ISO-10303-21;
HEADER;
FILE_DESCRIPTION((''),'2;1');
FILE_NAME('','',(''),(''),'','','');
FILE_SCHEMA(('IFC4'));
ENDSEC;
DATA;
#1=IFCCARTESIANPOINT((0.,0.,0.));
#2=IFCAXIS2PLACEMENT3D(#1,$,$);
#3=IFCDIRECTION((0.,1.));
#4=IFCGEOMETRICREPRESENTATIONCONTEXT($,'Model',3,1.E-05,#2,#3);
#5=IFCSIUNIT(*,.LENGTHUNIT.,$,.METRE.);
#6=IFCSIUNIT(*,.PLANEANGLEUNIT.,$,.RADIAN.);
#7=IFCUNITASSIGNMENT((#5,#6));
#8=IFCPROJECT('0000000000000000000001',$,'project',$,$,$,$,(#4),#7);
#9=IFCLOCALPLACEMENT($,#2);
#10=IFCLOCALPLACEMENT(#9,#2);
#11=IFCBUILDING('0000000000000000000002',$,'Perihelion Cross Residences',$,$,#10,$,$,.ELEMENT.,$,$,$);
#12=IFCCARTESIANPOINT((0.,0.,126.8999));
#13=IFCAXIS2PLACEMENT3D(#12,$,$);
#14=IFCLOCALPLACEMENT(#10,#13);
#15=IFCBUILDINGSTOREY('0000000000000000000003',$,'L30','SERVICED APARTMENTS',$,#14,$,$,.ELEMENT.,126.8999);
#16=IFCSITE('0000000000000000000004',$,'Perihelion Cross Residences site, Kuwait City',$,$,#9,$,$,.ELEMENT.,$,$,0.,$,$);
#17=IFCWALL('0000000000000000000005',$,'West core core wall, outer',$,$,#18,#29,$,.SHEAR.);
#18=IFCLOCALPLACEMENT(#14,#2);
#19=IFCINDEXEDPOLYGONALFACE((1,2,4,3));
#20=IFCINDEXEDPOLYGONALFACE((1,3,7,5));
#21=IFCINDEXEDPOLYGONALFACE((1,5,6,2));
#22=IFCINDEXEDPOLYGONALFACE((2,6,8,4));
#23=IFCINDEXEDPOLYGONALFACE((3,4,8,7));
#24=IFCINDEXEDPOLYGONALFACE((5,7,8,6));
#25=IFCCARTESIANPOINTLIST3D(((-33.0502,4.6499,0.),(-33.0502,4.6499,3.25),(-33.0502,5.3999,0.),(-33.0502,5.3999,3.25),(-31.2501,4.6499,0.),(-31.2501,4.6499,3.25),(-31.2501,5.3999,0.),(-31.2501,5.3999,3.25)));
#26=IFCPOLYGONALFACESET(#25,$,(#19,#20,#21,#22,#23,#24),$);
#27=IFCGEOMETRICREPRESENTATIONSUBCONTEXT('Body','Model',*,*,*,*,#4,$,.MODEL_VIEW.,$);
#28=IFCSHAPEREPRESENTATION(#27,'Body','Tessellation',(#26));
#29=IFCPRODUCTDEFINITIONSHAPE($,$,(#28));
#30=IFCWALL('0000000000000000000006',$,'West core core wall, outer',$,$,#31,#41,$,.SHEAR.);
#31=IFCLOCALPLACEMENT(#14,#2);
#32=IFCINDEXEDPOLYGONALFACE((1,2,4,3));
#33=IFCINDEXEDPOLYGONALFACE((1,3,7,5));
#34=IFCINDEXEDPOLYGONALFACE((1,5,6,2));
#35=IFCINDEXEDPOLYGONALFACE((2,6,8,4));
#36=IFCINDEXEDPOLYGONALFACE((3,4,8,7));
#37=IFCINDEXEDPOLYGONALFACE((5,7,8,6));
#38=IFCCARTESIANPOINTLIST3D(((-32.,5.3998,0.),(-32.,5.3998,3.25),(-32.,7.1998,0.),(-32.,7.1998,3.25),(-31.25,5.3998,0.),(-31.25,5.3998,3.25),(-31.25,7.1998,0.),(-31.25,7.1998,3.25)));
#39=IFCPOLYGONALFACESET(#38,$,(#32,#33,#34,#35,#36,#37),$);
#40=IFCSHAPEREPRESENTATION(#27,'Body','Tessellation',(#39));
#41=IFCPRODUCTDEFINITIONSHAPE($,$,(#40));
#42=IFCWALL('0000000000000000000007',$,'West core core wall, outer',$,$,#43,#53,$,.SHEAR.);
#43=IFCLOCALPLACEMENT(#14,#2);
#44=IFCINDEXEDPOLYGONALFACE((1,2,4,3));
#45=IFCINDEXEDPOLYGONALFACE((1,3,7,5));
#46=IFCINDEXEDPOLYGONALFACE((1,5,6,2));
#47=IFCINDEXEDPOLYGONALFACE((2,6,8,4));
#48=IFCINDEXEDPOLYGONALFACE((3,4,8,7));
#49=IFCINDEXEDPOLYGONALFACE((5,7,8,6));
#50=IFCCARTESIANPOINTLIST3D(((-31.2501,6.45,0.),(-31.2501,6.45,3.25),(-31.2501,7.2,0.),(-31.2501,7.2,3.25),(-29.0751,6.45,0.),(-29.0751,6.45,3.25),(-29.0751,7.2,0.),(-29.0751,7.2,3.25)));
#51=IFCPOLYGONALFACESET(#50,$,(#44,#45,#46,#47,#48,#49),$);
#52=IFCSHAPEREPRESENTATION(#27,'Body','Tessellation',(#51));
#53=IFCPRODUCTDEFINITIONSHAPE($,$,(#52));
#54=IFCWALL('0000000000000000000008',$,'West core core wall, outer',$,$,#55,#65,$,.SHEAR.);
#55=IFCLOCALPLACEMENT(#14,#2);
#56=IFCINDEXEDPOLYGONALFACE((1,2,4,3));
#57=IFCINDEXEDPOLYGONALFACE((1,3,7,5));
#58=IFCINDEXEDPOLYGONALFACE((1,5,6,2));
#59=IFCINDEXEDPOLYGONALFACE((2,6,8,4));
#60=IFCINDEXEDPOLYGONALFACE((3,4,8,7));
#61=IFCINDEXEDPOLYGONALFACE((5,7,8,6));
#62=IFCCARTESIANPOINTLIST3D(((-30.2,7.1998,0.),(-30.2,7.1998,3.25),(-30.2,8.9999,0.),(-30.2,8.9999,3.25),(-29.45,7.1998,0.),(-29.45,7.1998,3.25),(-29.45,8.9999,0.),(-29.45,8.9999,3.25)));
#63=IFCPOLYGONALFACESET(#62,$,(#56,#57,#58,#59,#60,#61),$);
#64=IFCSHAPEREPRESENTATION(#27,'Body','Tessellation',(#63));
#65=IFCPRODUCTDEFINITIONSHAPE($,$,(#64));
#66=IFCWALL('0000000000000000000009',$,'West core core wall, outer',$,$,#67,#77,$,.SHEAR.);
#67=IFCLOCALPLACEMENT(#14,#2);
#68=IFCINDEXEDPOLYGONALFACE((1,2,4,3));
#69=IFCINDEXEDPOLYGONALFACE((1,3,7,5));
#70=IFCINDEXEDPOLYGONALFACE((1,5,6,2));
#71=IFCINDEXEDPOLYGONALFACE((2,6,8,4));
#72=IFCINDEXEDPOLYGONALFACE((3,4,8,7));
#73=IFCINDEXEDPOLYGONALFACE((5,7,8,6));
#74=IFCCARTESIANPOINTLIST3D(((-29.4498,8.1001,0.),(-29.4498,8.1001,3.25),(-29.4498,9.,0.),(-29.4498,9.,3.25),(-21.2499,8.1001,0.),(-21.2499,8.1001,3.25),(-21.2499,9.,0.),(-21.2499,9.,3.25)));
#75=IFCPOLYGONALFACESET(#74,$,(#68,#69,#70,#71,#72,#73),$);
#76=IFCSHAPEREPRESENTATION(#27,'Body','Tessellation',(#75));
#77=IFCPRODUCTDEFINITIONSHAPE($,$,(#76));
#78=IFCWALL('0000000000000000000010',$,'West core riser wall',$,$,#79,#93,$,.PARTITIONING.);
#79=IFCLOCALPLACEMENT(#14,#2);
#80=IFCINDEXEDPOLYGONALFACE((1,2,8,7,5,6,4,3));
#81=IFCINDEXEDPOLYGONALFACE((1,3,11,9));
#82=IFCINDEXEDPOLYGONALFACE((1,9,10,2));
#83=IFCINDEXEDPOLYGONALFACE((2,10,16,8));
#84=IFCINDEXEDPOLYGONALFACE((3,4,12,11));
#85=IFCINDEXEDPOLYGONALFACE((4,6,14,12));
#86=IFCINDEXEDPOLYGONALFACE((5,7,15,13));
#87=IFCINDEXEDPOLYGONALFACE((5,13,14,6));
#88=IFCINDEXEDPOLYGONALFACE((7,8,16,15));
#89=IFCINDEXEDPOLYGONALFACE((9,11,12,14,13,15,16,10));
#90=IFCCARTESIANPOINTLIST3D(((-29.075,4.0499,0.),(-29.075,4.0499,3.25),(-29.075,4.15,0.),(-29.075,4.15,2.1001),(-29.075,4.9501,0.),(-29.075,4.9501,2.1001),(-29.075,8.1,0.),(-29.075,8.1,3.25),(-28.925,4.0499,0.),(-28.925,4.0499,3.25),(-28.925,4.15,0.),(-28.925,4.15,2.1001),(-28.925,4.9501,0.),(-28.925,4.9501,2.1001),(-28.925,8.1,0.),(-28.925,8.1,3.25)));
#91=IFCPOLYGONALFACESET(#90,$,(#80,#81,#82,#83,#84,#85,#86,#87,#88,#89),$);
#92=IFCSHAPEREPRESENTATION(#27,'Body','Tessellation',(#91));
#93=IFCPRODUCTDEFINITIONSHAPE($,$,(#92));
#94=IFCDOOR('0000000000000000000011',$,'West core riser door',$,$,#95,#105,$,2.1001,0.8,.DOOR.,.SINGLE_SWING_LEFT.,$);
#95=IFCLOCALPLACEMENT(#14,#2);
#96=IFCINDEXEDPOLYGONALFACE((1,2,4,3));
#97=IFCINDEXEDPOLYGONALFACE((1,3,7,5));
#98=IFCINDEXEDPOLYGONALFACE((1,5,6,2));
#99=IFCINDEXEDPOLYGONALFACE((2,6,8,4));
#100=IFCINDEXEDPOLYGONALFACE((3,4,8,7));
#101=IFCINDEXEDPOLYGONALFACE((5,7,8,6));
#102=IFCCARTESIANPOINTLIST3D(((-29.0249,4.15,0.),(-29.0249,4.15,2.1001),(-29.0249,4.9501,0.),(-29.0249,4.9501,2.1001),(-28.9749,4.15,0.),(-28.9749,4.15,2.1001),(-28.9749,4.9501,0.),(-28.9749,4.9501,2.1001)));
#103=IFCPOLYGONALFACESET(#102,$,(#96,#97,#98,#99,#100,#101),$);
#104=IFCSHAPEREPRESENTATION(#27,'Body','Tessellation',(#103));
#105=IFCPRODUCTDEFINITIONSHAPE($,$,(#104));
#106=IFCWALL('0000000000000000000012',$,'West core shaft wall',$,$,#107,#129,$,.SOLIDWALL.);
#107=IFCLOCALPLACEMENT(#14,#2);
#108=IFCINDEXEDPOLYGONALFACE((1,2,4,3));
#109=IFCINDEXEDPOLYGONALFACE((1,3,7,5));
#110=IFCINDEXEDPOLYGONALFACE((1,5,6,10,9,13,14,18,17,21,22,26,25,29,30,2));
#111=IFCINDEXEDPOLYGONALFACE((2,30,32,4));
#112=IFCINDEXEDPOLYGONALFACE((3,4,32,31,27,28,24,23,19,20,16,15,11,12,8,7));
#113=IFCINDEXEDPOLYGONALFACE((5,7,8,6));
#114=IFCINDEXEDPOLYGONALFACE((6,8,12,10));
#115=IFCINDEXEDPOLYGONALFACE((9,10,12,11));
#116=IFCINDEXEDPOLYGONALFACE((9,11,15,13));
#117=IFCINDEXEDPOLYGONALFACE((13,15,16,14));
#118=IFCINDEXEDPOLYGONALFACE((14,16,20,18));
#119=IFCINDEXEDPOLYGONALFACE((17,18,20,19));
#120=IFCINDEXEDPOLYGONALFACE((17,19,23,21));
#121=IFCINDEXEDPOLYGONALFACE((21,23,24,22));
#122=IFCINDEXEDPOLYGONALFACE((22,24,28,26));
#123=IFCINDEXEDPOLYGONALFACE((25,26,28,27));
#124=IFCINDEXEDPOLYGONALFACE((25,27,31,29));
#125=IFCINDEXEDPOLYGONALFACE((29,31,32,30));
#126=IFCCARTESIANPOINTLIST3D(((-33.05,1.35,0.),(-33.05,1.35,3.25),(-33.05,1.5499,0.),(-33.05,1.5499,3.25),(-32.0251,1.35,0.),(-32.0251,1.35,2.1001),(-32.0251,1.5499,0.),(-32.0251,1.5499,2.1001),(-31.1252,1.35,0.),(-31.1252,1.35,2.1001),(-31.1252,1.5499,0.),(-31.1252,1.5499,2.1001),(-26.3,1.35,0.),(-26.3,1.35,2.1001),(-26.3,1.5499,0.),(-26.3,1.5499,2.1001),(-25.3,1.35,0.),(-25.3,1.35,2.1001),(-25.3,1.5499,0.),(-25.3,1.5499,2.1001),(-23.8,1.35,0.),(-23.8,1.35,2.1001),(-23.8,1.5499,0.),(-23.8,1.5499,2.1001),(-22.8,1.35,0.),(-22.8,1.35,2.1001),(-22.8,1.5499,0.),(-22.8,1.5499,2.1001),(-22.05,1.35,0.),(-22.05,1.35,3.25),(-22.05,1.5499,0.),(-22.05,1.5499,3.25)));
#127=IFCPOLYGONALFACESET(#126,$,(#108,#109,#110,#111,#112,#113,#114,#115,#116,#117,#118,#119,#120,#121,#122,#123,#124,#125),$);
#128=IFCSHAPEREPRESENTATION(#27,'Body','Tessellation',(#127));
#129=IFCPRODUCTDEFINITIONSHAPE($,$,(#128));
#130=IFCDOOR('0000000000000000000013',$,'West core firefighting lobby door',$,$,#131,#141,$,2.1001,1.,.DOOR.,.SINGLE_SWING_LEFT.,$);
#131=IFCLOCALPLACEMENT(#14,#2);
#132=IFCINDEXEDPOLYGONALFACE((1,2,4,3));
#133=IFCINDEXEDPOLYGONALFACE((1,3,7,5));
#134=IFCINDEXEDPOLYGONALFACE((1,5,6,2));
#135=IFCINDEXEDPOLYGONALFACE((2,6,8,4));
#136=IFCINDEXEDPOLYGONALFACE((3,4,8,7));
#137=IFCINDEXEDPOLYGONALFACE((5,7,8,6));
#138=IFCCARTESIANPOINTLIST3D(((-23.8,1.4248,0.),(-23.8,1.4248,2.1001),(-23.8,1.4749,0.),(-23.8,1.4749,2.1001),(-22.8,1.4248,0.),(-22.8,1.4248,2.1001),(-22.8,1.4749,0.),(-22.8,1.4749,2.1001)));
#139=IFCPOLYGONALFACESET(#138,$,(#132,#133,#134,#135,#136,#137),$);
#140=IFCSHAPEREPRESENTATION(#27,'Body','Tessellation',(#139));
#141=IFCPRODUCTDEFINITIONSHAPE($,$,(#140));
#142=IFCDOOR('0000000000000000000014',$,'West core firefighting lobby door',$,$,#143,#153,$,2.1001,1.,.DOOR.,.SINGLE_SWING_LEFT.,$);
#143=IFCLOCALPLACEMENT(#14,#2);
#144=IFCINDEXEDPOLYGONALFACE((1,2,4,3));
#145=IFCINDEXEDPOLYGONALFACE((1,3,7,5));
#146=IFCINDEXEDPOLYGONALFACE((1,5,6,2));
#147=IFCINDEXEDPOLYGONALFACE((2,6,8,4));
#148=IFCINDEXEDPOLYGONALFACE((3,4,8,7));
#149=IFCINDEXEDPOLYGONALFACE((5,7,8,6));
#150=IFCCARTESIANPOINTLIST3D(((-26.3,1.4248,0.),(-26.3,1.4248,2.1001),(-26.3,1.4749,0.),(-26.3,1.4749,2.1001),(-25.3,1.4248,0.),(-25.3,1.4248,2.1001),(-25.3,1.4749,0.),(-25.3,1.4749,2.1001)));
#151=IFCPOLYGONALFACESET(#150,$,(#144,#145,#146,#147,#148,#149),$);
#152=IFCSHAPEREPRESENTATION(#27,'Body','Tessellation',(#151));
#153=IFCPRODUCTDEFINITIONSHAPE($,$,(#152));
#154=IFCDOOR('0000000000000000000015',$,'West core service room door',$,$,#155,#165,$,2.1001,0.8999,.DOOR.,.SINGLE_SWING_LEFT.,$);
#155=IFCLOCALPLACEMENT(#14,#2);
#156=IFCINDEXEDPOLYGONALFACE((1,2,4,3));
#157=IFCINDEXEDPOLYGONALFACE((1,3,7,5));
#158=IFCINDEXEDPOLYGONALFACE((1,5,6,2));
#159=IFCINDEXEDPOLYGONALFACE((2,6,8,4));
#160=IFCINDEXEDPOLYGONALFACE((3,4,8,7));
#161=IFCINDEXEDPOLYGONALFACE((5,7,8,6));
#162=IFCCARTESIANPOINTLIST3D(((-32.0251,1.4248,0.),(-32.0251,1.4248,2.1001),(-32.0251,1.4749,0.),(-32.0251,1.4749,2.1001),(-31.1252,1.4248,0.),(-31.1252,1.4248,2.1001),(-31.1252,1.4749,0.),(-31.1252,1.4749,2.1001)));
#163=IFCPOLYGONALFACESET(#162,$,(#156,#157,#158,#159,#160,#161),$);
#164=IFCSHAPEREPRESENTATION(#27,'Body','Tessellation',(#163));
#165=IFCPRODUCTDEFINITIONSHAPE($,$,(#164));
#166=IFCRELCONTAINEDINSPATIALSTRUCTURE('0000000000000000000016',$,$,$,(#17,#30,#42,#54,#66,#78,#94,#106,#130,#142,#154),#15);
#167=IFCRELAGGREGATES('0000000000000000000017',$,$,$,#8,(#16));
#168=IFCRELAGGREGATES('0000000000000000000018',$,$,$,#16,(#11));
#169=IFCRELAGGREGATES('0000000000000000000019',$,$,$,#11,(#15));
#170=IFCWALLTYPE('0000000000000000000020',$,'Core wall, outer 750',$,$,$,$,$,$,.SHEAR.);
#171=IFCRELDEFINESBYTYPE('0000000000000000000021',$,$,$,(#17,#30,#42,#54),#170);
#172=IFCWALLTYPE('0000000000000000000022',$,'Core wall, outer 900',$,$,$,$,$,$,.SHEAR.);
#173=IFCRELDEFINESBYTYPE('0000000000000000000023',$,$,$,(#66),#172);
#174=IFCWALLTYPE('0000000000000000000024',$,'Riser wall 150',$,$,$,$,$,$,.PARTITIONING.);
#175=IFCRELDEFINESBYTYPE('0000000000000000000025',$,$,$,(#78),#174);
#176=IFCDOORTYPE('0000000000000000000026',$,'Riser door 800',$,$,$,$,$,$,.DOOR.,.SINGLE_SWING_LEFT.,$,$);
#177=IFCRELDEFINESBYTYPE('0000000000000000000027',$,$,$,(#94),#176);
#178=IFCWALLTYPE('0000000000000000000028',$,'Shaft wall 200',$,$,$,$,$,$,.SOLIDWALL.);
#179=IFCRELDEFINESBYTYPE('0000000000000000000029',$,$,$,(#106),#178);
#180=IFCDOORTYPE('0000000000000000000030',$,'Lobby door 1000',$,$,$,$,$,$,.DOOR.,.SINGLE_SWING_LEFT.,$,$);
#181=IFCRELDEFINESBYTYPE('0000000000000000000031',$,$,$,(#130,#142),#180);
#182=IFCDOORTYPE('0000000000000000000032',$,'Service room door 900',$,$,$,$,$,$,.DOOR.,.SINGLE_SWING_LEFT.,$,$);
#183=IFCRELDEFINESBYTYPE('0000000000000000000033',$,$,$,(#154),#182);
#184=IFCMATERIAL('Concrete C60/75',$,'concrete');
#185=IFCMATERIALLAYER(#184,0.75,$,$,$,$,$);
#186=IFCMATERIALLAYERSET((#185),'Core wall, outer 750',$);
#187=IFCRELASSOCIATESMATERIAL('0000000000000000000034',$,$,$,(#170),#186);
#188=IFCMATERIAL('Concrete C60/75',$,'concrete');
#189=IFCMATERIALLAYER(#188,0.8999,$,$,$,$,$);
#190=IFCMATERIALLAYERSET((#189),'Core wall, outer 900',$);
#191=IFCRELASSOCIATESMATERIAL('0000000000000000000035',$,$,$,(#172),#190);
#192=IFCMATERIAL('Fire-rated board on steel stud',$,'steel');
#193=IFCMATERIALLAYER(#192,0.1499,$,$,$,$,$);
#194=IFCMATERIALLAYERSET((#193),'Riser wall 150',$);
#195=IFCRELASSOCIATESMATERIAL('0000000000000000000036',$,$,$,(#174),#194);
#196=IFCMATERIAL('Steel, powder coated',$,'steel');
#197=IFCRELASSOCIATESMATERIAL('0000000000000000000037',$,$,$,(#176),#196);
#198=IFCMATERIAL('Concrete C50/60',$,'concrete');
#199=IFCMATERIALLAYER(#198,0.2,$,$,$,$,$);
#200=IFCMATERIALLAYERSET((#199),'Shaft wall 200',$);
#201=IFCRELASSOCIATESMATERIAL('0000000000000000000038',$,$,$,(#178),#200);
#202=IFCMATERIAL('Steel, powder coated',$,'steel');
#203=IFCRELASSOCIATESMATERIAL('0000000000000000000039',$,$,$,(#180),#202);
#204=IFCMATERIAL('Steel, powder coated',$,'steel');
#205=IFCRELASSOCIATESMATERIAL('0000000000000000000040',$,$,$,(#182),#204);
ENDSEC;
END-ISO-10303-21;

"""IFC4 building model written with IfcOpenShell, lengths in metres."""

from ifc_helpers import new_model, si_unit, direction, frame, frame_2d, origin, place, context, subcontext, project, spatial, rectangle, extrude, material, layer, layer_set, type_object, element, fill, save


model = new_model("IFC4")

# Units and contexts
model_context = context("Model", 3, precision=1e-05, world=origin(), true_north=direction((0.0, 1.0)))
body_context = subcontext(model_context, "Body", "Model", "MODEL_VIEW")
ifc_project = project(units=[si_unit("LENGTHUNIT", "METRE"), si_unit("PLANEANGLEUNIT", "RADIAN")], contexts=[model_context])

# Site, building, storey
site_placement = place(None, origin())
site = spatial("IfcSite", under=ifc_project, at=site_placement, Name="Perihelion Cross Residences site, Kuwait City", CompositionType="ELEMENT", RefElevation=0.0)
building_placement = place(site_placement, origin())
building = spatial("IfcBuilding", under=site, at=building_placement, Name="Perihelion Cross Residences", CompositionType="ELEMENT")
storey_placement = place(building_placement, frame((0.0, 0.0, 126.8999)))
storey = spatial("IfcBuildingStorey", under=building, at=storey_placement, Name="L30", Description="SERVICED APARTMENTS", CompositionType="ELEMENT", Elevation=126.8999)

# Walls
ifc_material_1 = material(Name="Concrete C60/75", Category="concrete")
ifc_layer_1 = layer(ifc_material_1, 0.75)
ifc_layer_set_1 = layer_set([ifc_layer_1], Name="Core wall, outer 750")
wall_type_1 = type_object("IfcWallType", Name="Core wall, outer 750", PredefinedType="SHEAR", material=ifc_layer_set_1)
for number, where, z_axis, x_axis, name in (
    (1, (-33.05, 5.0249, 0.0), (0.0, 0.0, 1.0), (1.0, 0.0, 0.0), "West core core wall, outer"),
    (2, (-31.625, 5.3999, 0.0), (0.0, 0.0, 1.0), (0.0, 1.0, 0.0), "West core core wall, outer"),
):
    element("IfcWall", number, at=place(storey_placement, frame(where, z_axis=z_axis, x_axis=x_axis)), inside=storey, type_object=wall_type_1, Name=name, PredefinedType="SHEAR", context=body_context, shape_type="SweptSolid", body=[
        extrude(rectangle(XDim=1.8, YDim=0.75, at=frame_2d((0.8999, 0.0))), origin(), (0.0, 0.0, 1.0), 3.25),
    ])
wall_1_placement = place(storey_placement, frame((-31.25, 6.825, 0.0), z_axis=(0.0, 0.0, 1.0), x_axis=(1.0, 0.0, 0.0)))
element("IfcWall", 3, at=wall_1_placement, inside=storey, type_object=wall_type_1, Name="West core core wall, outer", PredefinedType="SHEAR", context=body_context, shape_type="SweptSolid", body=[
    extrude(rectangle(XDim=2.175, YDim=0.75, at=frame_2d((1.0874, 0.0))), origin(), (0.0, 0.0, 1.0), 3.25),
])
wall_2_placement = place(storey_placement, frame((-29.825, 7.2, 0.0), z_axis=(0.0, 0.0, 1.0), x_axis=(0.0, 1.0, 0.0)))
element("IfcWall", 4, at=wall_2_placement, inside=storey, type_object=wall_type_1, Name="West core core wall, outer", PredefinedType="SHEAR", context=body_context, shape_type="SweptSolid", body=[
    extrude(rectangle(XDim=1.8, YDim=0.75, at=frame_2d((0.8999, 0.0))), origin(), (0.0, 0.0, 1.0), 3.25),
])
ifc_material_2 = material(Name="Concrete C60/75", Category="concrete")
ifc_layer_2 = layer(ifc_material_2, 0.8999)
ifc_layer_set_2 = layer_set([ifc_layer_2], Name="Core wall, outer 900")
wall_type_2 = type_object("IfcWallType", Name="Core wall, outer 900", PredefinedType="SHEAR", material=ifc_layer_set_2)
wall_3_placement = place(storey_placement, frame((-29.45, 8.55, 0.0), z_axis=(0.0, 0.0, 1.0), x_axis=(1.0, 0.0, 0.0)))
element("IfcWall", 5, at=wall_3_placement, inside=storey, type_object=wall_type_2, Name="West core core wall, outer", PredefinedType="SHEAR", context=body_context, shape_type="SweptSolid", body=[
    extrude(rectangle(XDim=8.2, YDim=0.8999, at=frame_2d((4.1001, 0.0))), origin(), (0.0, 0.0, 1.0), 3.25),
])

# Wall, opening, door
ifc_material_3 = material(Name="Fire-rated board on steel stud", Category="steel")
ifc_layer_3 = layer(ifc_material_3, 0.1499)
ifc_layer_set_3 = layer_set([ifc_layer_3], Name="Riser wall 150")
wall_type_3 = type_object("IfcWallType", Name="Riser wall 150", PredefinedType="PARTITIONING", material=ifc_layer_set_3)
wall_4_placement = place(storey_placement, frame((-29.0, 4.05, 0.0), z_axis=(0.0, 0.0, 1.0), x_axis=(0.0, 1.0, 0.0)))
wall_4 = element("IfcWall", 6, at=wall_4_placement, inside=storey, type_object=wall_type_3, Name="West core riser wall", PredefinedType="PARTITIONING", context=body_context, shape_type="SweptSolid", body=[
    extrude(rectangle(XDim=4.05, YDim=0.1499, at=frame_2d((2.0249, 0.0))), origin(), (0.0, 0.0, 1.0), 3.25),
])
opening_1_placement = place(wall_4_placement, frame((0.1001, 0.0, 0.0)))
opening_1 = element("IfcOpeningElement", 7, at=opening_1_placement, cuts=wall_4, PredefinedType="OPENING", context=body_context, shape_type="SweptSolid", body=[
    extrude(rectangle(XDim=0.8, YDim=2.1001, at=frame_2d((0.3999, 1.05))), frame((0.0, 0.085, 0.0), z_axis=(0.0, -1.0, 0.0), x_axis=(1.0, 0.0, 0.0)), (0.0, 0.0, 1.0), 0.1699),
])
ifc_material_4 = material(Name="Steel, powder coated", Category="steel")
door_type_1 = type_object("IfcDoorType", Name="Riser door 800", OperationType="SINGLE_SWING_LEFT", PredefinedType="DOOR", material=ifc_material_4)
door_1_placement = place(opening_1_placement, origin())
door_1 = element("IfcDoor", 8, at=door_1_placement, inside=storey, type_object=door_type_1, Name="West core riser door", OperationType="SINGLE_SWING_LEFT", OverallHeight=2.1001, OverallWidth=0.8, PredefinedType="DOOR", context=body_context, shape_type="SweptSolid", body=[
    extrude(rectangle(XDim=0.8, YDim=2.1001, at=frame_2d((0.3999, 1.05))), frame((0.0, 0.0249, 0.0), z_axis=(0.0, -1.0, 0.0), x_axis=(1.0, 0.0, 0.0)), (0.0, 0.0, 1.0), 0.05),
])
fill(opening_1, door_1)

# Wall, openings, doors
ifc_material_5 = material(Name="Concrete C50/60", Category="concrete")
ifc_layer_4 = layer(ifc_material_5, 0.2)
ifc_layer_set_4 = layer_set([ifc_layer_4], Name="Shaft wall 200")
wall_type_4 = type_object("IfcWallType", Name="Shaft wall 200", PredefinedType="SOLIDWALL", material=ifc_layer_set_4)
wall_5_placement = place(storey_placement, frame((-33.05, 1.45, 0.0), z_axis=(0.0, 0.0, 1.0), x_axis=(1.0, 0.0, 0.0)))
wall_5 = element("IfcWall", 9, at=wall_5_placement, inside=storey, type_object=wall_type_4, Name="West core shaft wall", PredefinedType="SOLIDWALL", context=body_context, shape_type="SweptSolid", body=[
    extrude(rectangle(XDim=11.0, YDim=0.2, at=frame_2d((5.5, 0.0))), origin(), (0.0, 0.0, 1.0), 3.25),
])
opening_2_placement = place(wall_5_placement, frame((9.25, 0.0, 0.0)))
opening_2 = element("IfcOpeningElement", 10, at=opening_2_placement, cuts=wall_5, PredefinedType="OPENING", context=body_context, shape_type="SweptSolid", body=[
    extrude(rectangle(XDim=1.0, YDim=2.1001, at=frame_2d((0.5, 1.05))), frame((0.0, 0.1099, 0.0), z_axis=(0.0, -1.0, 0.0), x_axis=(1.0, 0.0, 0.0)), (0.0, 0.0, 1.0), 0.22),
])
opening_3_placement = place(wall_5_placement, frame((6.75, 0.0, 0.0)))
opening_3 = element("IfcOpeningElement", 11, at=opening_3_placement, cuts=wall_5, PredefinedType="OPENING", context=body_context, shape_type="SweptSolid", body=[
    extrude(rectangle(XDim=1.0, YDim=2.1001, at=frame_2d((0.5, 1.05))), frame((0.0, 0.1099, 0.0), z_axis=(0.0, -1.0, 0.0), x_axis=(1.0, 0.0, 0.0)), (0.0, 0.0, 1.0), 0.22),
])
opening_4_placement = place(wall_5_placement, frame((1.0249, 0.0, 0.0)))
opening_4 = element("IfcOpeningElement", 12, at=opening_4_placement, cuts=wall_5, PredefinedType="OPENING", context=body_context, shape_type="SweptSolid", body=[
    extrude(rectangle(XDim=0.8999, YDim=2.1001, at=frame_2d((0.45, 1.05))), frame((0.0, 0.1099, 0.0), z_axis=(0.0, -1.0, 0.0), x_axis=(1.0, 0.0, 0.0)), (0.0, 0.0, 1.0), 0.22),
])
ifc_material_6 = material(Name="Steel, powder coated", Category="steel")
door_type_2 = type_object("IfcDoorType", Name="Lobby door 1000", OperationType="SINGLE_SWING_LEFT", PredefinedType="DOOR", material=ifc_material_6)
door_2_placement = place(opening_2_placement, origin())
door_2 = element("IfcDoor", 13, at=door_2_placement, inside=storey, type_object=door_type_2, Name="West core firefighting lobby door", OperationType="SINGLE_SWING_LEFT", OverallHeight=2.1001, OverallWidth=1.0, PredefinedType="DOOR", context=body_context, shape_type="SweptSolid", body=[
    extrude(rectangle(XDim=1.0, YDim=2.1001, at=frame_2d((0.5, 1.05))), frame((0.0, 0.0249, 0.0), z_axis=(0.0, -1.0, 0.0), x_axis=(1.0, 0.0, 0.0)), (0.0, 0.0, 1.0), 0.05),
])
fill(opening_2, door_2)
door_3_placement = place(opening_3_placement, origin())
door_3 = element("IfcDoor", 14, at=door_3_placement, inside=storey, type_object=door_type_2, Name="West core firefighting lobby door", OperationType="SINGLE_SWING_LEFT", OverallHeight=2.1001, OverallWidth=1.0, PredefinedType="DOOR", context=body_context, shape_type="SweptSolid", body=[
    extrude(rectangle(XDim=1.0, YDim=2.1001, at=frame_2d((0.5, 1.05))), frame((0.0, 0.0249, 0.0), z_axis=(0.0, -1.0, 0.0), x_axis=(1.0, 0.0, 0.0)), (0.0, 0.0, 1.0), 0.05),
])
fill(opening_3, door_3)
ifc_material_7 = material(Name="Steel, powder coated", Category="steel")
door_type_3 = type_object("IfcDoorType", Name="Service room door 900", OperationType="SINGLE_SWING_LEFT", PredefinedType="DOOR", material=ifc_material_7)
door_4_placement = place(opening_4_placement, origin())
door_4 = element("IfcDoor", 15, at=door_4_placement, inside=storey, type_object=door_type_3, Name="West core service room door", OperationType="SINGLE_SWING_LEFT", OverallHeight=2.1001, OverallWidth=0.8999, PredefinedType="DOOR", context=body_context, shape_type="SweptSolid", body=[
    extrude(rectangle(XDim=0.8999, YDim=2.1001, at=frame_2d((0.45, 1.05))), frame((0.0, 0.0249, 0.0), z_axis=(0.0, -1.0, 0.0), x_axis=(1.0, 0.0, 0.0)), (0.0, 0.0, 1.0), 0.05),
])
fill(opening_4, door_4)

save(model, "model.ifc")
